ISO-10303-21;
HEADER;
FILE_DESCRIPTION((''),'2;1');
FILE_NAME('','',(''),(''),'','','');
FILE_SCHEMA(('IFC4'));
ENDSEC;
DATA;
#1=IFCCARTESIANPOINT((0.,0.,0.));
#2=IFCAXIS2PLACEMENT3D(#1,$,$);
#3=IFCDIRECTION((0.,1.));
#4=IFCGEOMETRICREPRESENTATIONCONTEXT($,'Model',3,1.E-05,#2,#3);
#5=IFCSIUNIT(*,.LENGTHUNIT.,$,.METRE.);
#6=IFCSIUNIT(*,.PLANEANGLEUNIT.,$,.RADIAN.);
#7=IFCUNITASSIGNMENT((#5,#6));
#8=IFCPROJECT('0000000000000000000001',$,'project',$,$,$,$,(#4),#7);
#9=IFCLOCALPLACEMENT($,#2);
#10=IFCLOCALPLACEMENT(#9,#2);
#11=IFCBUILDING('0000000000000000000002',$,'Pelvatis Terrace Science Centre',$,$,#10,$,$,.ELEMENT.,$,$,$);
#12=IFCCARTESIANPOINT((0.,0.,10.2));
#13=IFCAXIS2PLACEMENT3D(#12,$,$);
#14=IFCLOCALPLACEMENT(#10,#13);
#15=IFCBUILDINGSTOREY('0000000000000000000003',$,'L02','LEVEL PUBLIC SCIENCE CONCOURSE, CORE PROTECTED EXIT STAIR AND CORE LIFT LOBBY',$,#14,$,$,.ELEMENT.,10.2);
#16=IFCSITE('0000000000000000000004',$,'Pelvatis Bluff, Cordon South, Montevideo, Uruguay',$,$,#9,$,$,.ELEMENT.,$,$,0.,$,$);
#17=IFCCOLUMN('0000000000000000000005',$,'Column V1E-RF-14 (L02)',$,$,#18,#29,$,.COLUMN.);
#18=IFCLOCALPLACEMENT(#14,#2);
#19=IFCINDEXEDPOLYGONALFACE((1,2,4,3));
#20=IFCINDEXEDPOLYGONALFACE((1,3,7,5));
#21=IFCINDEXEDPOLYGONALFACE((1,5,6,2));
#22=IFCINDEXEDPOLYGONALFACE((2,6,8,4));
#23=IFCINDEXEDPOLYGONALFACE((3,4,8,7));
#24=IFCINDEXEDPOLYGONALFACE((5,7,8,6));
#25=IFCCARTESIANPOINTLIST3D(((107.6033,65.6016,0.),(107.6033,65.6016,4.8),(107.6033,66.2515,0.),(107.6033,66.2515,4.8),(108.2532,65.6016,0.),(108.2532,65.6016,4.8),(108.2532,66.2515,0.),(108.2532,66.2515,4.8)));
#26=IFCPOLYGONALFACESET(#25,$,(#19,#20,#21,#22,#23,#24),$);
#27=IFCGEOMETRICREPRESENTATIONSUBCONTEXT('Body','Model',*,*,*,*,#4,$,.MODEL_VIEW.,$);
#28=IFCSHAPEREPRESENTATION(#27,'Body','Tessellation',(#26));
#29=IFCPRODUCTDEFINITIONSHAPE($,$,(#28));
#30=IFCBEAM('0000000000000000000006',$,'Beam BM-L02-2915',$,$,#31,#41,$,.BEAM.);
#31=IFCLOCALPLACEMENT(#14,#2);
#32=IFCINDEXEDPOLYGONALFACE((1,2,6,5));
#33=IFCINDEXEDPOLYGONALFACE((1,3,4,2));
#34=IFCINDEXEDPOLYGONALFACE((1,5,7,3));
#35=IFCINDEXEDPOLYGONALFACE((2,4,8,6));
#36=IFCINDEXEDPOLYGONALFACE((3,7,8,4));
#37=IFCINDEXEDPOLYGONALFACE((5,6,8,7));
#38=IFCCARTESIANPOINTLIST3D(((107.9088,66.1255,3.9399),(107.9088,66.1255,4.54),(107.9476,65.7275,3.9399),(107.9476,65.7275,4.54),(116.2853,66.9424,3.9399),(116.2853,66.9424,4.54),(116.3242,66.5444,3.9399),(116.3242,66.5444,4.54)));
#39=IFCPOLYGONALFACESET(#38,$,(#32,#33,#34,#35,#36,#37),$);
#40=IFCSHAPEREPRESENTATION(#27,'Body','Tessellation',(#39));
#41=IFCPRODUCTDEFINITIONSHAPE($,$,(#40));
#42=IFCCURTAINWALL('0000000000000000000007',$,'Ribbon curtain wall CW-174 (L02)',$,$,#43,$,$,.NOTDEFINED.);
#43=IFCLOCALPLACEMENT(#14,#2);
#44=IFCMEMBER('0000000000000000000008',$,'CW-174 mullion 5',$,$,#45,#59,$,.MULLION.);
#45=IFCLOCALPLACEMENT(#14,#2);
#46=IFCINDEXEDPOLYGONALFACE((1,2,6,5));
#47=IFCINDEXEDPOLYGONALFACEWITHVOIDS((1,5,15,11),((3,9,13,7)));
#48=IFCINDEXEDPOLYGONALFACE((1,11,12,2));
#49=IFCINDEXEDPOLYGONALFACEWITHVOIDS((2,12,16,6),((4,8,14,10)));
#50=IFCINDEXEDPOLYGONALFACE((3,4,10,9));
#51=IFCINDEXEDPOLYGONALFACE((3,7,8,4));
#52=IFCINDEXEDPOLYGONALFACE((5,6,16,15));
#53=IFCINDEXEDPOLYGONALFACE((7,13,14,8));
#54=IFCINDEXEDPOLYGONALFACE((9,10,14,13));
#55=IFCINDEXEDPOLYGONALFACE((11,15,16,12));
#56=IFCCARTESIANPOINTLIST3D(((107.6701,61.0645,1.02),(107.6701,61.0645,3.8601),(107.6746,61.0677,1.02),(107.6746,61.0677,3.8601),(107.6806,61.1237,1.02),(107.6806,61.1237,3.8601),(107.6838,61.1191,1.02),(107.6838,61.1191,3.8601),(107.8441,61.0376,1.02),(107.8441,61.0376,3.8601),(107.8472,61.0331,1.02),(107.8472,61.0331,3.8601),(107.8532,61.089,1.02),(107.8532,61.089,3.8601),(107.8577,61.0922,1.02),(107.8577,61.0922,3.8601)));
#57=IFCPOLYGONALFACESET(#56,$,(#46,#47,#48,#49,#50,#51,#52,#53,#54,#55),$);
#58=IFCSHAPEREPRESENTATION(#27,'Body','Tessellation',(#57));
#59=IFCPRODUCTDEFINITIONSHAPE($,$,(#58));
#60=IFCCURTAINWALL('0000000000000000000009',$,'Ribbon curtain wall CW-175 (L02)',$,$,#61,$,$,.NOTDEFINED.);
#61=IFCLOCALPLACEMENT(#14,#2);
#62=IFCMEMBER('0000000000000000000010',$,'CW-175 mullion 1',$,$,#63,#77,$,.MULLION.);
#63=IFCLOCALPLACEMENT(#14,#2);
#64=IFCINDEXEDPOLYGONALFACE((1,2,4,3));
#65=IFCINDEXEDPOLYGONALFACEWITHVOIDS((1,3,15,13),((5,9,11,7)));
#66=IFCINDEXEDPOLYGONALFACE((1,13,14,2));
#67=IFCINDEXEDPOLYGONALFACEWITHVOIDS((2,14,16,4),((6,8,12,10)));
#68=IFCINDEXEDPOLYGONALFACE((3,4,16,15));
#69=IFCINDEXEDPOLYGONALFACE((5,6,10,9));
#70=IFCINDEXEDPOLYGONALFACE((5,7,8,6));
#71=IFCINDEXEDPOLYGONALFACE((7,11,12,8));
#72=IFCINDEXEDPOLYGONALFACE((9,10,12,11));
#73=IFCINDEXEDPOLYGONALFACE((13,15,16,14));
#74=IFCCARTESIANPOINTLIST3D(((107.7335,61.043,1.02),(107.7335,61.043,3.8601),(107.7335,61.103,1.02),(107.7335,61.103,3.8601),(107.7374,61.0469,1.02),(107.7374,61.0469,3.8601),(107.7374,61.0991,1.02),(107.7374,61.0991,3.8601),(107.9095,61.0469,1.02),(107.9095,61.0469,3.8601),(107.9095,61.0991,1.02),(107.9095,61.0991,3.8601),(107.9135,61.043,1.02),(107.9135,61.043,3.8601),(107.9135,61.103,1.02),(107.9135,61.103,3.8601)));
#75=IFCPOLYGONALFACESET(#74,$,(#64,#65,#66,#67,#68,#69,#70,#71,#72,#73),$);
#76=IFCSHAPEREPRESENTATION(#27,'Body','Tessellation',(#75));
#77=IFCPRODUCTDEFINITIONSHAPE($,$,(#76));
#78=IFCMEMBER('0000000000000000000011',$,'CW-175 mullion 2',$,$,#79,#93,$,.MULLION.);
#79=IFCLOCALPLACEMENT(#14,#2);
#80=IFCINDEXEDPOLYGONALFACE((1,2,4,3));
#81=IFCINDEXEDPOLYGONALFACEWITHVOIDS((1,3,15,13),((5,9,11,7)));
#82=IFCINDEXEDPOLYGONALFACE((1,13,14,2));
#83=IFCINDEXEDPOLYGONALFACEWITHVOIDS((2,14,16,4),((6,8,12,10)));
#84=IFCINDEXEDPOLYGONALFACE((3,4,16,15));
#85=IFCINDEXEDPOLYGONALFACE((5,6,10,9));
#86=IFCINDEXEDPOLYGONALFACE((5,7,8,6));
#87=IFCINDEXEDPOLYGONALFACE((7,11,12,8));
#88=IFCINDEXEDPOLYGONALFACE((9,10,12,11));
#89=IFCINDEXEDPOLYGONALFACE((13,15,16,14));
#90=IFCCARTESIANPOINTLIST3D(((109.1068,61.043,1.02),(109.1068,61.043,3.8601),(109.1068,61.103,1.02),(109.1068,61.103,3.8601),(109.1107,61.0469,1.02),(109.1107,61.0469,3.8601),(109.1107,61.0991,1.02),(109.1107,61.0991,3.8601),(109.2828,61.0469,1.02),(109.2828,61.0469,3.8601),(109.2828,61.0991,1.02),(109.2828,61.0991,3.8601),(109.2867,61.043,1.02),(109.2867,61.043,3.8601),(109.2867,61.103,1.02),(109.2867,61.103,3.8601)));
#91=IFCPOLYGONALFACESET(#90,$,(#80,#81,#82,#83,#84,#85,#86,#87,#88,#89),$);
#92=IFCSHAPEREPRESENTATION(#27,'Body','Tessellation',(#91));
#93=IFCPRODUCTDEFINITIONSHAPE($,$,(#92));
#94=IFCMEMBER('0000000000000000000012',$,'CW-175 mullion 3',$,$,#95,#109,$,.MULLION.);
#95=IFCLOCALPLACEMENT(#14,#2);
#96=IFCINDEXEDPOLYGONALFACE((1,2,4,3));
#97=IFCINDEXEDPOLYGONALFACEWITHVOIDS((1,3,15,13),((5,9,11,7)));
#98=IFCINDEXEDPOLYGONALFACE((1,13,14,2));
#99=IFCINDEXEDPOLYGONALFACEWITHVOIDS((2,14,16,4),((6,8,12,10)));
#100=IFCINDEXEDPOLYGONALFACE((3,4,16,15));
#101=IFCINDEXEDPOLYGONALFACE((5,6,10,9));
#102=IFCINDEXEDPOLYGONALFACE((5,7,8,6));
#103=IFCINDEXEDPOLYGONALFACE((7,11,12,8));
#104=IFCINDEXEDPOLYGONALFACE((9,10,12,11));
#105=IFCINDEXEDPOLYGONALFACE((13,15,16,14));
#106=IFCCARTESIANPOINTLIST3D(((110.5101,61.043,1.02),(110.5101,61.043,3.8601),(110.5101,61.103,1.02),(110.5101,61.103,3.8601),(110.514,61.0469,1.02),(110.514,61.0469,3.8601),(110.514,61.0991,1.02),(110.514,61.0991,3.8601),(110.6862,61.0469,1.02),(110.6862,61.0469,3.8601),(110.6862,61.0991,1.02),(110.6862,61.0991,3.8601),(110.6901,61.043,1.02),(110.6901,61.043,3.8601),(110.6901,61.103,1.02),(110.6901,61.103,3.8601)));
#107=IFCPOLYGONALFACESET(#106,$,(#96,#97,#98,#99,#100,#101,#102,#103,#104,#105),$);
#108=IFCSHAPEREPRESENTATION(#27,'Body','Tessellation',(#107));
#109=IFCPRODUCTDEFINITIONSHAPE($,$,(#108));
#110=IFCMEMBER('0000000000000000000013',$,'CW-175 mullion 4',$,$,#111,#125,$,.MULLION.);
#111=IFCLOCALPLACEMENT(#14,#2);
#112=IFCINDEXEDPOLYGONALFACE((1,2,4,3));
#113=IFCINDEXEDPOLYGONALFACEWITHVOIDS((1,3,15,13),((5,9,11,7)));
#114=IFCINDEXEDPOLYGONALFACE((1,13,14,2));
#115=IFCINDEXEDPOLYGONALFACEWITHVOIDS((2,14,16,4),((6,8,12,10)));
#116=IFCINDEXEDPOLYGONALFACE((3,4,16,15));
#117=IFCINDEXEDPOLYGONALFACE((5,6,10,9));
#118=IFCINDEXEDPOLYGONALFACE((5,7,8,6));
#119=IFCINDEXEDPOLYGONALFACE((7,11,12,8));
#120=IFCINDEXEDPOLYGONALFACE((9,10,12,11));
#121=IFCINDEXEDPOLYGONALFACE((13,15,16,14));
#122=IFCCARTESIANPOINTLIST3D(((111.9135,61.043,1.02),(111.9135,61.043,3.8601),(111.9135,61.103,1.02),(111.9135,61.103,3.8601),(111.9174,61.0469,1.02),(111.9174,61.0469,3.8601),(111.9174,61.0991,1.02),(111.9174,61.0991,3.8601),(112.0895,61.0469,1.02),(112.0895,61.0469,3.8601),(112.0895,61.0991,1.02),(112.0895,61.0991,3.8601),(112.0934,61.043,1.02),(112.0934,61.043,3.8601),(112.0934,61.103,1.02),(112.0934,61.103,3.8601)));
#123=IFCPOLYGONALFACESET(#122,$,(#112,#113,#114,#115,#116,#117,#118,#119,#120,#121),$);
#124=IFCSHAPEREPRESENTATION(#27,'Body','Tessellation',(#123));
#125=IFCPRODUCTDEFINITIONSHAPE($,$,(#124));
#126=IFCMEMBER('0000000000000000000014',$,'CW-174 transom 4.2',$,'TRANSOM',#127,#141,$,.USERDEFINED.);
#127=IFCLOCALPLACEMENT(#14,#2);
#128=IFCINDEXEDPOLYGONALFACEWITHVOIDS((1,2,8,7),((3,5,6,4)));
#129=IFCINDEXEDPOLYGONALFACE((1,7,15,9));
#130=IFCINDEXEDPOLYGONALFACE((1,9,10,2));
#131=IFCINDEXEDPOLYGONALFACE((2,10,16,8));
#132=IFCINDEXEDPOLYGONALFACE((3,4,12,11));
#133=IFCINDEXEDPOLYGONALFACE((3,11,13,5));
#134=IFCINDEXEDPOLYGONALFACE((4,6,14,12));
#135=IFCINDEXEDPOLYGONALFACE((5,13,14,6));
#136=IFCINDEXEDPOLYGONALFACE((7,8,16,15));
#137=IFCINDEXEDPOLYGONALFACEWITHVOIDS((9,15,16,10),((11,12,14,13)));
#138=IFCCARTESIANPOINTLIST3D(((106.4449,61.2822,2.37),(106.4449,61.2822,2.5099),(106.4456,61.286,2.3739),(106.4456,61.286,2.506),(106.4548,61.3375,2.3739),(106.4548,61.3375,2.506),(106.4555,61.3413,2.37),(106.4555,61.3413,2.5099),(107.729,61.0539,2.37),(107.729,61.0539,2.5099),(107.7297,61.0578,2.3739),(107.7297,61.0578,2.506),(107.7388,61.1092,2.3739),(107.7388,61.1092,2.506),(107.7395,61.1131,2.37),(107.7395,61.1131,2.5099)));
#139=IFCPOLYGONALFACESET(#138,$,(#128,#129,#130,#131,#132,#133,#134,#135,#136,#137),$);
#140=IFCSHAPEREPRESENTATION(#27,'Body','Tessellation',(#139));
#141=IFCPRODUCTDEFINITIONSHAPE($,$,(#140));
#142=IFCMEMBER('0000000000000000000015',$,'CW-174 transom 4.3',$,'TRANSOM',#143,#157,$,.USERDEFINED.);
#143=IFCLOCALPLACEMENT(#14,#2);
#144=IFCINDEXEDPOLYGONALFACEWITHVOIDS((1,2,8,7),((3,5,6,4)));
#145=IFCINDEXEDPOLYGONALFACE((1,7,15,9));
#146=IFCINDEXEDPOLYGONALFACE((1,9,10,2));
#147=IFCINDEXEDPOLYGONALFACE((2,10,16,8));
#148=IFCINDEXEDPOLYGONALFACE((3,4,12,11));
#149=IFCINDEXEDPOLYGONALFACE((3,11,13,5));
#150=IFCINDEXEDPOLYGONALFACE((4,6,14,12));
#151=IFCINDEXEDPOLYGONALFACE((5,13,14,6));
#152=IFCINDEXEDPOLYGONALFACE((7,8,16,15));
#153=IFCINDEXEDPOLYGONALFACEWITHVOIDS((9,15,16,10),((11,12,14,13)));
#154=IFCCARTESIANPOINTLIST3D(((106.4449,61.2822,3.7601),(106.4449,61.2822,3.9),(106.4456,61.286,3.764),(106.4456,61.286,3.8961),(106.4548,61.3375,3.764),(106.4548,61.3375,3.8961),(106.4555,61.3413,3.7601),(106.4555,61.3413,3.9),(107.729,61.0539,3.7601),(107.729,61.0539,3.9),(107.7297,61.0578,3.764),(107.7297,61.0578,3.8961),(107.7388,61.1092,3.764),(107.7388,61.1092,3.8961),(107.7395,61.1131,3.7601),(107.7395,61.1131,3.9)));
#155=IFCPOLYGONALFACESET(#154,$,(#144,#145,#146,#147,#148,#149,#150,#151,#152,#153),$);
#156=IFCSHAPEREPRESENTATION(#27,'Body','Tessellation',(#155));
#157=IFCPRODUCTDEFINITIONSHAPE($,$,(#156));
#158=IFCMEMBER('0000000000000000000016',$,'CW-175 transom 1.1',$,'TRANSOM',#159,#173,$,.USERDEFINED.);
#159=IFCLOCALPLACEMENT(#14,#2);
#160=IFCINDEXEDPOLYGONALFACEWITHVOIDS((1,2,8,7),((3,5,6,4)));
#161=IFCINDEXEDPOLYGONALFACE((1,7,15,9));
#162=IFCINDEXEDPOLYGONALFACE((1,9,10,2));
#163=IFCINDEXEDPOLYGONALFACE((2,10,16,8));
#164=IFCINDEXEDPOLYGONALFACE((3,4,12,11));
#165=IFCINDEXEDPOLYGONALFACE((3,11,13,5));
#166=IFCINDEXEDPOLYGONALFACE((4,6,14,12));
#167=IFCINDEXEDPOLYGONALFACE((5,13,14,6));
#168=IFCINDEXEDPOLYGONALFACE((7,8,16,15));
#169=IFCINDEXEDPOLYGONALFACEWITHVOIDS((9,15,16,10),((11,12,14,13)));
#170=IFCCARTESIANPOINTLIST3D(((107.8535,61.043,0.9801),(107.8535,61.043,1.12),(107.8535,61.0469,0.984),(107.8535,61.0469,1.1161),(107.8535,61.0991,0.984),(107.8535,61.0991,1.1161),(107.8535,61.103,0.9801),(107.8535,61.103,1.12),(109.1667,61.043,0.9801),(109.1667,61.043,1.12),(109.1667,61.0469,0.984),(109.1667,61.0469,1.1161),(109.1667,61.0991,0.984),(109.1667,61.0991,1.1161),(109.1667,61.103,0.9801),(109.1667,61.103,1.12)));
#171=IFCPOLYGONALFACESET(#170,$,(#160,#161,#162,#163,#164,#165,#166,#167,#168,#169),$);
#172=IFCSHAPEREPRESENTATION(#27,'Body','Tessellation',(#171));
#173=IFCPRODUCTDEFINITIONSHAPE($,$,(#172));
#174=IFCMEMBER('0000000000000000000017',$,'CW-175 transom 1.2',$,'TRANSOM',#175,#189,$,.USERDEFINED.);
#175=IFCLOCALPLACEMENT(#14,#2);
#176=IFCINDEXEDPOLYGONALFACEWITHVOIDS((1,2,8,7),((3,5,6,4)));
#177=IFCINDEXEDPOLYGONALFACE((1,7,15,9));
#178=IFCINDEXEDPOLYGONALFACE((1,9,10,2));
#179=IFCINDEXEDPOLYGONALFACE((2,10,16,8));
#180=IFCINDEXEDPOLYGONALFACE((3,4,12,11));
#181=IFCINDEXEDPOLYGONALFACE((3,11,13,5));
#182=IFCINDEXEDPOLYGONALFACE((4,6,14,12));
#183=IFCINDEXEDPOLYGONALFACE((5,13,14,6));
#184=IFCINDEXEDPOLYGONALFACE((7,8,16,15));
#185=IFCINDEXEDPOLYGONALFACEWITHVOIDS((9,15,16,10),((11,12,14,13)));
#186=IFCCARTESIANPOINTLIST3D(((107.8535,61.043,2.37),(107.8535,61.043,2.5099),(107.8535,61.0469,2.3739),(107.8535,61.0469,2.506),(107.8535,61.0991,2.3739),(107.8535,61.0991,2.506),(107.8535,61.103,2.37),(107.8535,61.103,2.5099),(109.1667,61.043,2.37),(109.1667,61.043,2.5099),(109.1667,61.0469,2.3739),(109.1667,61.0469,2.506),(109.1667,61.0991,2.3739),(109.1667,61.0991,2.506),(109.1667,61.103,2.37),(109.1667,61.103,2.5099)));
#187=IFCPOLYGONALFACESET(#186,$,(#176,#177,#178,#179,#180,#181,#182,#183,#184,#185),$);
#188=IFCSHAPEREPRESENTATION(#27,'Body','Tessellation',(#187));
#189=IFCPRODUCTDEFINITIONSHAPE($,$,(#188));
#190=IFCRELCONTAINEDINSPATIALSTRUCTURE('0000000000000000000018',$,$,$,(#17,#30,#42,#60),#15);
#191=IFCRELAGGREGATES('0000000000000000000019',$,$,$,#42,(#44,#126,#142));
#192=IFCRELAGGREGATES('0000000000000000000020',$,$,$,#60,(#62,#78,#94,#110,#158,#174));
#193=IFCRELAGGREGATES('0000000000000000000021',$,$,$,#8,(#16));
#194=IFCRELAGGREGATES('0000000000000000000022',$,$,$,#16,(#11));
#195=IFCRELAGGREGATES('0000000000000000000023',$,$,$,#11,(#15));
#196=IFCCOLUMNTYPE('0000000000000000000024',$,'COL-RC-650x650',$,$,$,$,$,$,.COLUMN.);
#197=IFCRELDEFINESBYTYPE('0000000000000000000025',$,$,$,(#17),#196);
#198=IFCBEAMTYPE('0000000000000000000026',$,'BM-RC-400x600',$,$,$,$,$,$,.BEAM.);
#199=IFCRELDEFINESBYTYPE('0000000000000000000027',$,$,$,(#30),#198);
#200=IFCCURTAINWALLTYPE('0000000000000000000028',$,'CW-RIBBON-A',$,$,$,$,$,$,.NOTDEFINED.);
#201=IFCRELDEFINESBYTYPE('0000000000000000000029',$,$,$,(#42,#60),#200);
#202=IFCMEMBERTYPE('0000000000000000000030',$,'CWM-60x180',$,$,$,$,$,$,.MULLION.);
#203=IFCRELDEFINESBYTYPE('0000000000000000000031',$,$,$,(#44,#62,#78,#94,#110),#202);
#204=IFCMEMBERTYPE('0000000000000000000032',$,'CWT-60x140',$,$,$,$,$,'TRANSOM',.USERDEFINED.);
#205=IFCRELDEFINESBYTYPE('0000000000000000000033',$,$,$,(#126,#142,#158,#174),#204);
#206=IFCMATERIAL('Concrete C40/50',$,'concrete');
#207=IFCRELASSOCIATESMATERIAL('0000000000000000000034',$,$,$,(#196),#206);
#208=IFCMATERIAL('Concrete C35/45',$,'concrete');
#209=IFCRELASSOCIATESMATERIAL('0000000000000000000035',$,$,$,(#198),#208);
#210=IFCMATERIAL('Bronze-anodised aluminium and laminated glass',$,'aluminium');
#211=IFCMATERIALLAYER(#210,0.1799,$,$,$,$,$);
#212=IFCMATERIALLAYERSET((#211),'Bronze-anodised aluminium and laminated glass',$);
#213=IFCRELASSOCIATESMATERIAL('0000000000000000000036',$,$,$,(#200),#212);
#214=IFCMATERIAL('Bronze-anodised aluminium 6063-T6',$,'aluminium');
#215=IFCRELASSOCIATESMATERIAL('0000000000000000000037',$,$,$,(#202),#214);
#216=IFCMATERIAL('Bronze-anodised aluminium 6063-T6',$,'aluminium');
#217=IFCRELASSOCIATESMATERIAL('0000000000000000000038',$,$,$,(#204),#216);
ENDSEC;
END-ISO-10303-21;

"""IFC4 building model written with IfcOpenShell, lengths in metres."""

from ifc_helpers import new_model, si_unit, direction, frame, origin, origin_2d, place, context, subcontext, project, spatial, rectangle, hollow_rectangle, extrude, material, layer, layer_set, material_profile, profile_set, type_object, element, aggregate, save


model = new_model("IFC4")

# Units and contexts
model_context = context("Model", 3, precision=1e-05, world=origin(), true_north=direction((0.0, 1.0)))
body_context = subcontext(model_context, "Body", "Model", "MODEL_VIEW")
ifc_project = project(units=[si_unit("LENGTHUNIT", "METRE"), si_unit("PLANEANGLEUNIT", "RADIAN")], contexts=[model_context])

# Site, building, storey
site_placement = place(None, origin())
site = spatial("IfcSite", under=ifc_project, at=site_placement, Name="Pelvatis Bluff, Cordon South, Montevideo, Uruguay", CompositionType="ELEMENT", RefElevation=0.0)
building_placement = place(site_placement, origin())
building = spatial("IfcBuilding", under=site, at=building_placement, Name="Pelvatis Terrace Science Centre", CompositionType="ELEMENT")
storey_placement = place(building_placement, frame((0.0, 0.0, 10.2)))
storey = spatial("IfcBuildingStorey", under=building, at=storey_placement, Name="L02", Description="LEVEL PUBLIC SCIENCE CONCOURSE, CORE PROTECTED EXIT STAIR AND CORE LIFT LOBBY", CompositionType="ELEMENT", Elevation=10.2)

# Column
ifc_material_1 = material(Name="Concrete C40/50", Category="concrete")
ifc_material_profile_1 = material_profile(ifc_material_1, rectangle(XDim=0.6499, YDim=0.6499, at=origin_2d()), Name="RC-COL 650x650")
ifc_profile_set_1 = profile_set([ifc_material_profile_1], Name="Concrete C40/50")
column_type = type_object("IfcColumnType", Name="COL-RC-650x650", PredefinedType="COLUMN", material=ifc_profile_set_1)
column_placement = place(storey_placement, frame((107.9282, 65.9265, 0.0), z_axis=(0.0, 0.0, 1.0), x_axis=(1.0, 0.0, 0.0)))
element("IfcColumn", 1, at=column_placement, inside=storey, type_object=column_type, Name="Column V1E-RF-14 (L02)", PredefinedType="COLUMN", context=body_context, shape_type="SweptSolid", body=[
    extrude(rectangle(XDim=0.6499, YDim=0.6499, at=origin_2d()), origin(), (0.0, 0.0, 1.0), 4.8),
])

# Beam
ifc_material_2 = material(Name="Concrete C35/45", Category="concrete")
ifc_material_profile_2 = material_profile(ifc_material_2, rectangle(XDim=0.3999, YDim=0.6001, at=origin_2d()), Name="RC-BM 400x600")
ifc_profile_set_2 = profile_set([ifc_material_profile_2], Name="Concrete C35/45")
beam_type = type_object("IfcBeamType", Name="BM-RC-400x600", PredefinedType="BEAM", material=ifc_profile_set_2)
beam_placement = place(storey_placement, frame((107.9282, 65.9265, 4.24), z_axis=(0.995278, 0.097062, 0.0), x_axis=(-0.097062, 0.995278, 0.0)))
element("IfcBeam", 2, at=beam_placement, inside=storey, type_object=beam_type, Name="Beam BM-L02-2915", PredefinedType="BEAM", context=body_context, shape_type="SweptSolid", body=[
    extrude(rectangle(XDim=0.3999, YDim=0.6001, at=origin_2d()), origin(), (0.0, 0.0, 1.0), 8.4163),
])

# Curtain wall, member
ifc_material_3 = material(Name="Bronze-anodised aluminium and laminated glass", Category="aluminium")
ifc_layer_1 = layer(ifc_material_3, 0.1799)
ifc_layer_set_1 = layer_set([ifc_layer_1], Name="Bronze-anodised aluminium and laminated glass")
curtain_wall_type = type_object("IfcCurtainWallType", Name="CW-RIBBON-A", PredefinedType="NOTDEFINED", material=ifc_layer_set_1)
curtain_wall_1_placement = place(storey_placement, origin())
curtain_wall_1 = element("IfcCurtainWall", 3, at=curtain_wall_1_placement, inside=storey, type_object=curtain_wall_type, Name="Ribbon curtain wall CW-174 (L02)", PredefinedType="NOTDEFINED")
ifc_material_4 = material(Name="Bronze-anodised aluminium 6063-T6", Category="aluminium")
ifc_material_profile_3 = material_profile(ifc_material_4, hollow_rectangle(XDim=0.0601, YDim=0.1799, WallThickness=0.0039, at=origin_2d()), Name="ALU-MUL 60x180")
ifc_profile_set_3 = profile_set([ifc_material_profile_3], Name="Bronze-anodised aluminium 6063-T6")
member_type_1 = type_object("IfcMemberType", Name="CWM-60x180", PredefinedType="MULLION", material=ifc_profile_set_3)
member_1_placement = place(storey_placement, frame((107.7639, 61.0784, 1.02), z_axis=(0.0, 0.0, 1.0), x_axis=(0.174983, 0.984571, 0.0)))
member_1 = element("IfcMember", 4, at=member_1_placement, type_object=member_type_1, Name="CW-174 mullion 5", PredefinedType="MULLION", context=body_context, shape_type="SweptSolid", body=[
    extrude(hollow_rectangle(XDim=0.0601, YDim=0.1799, WallThickness=0.0039, at=origin_2d()), origin(), (0.0, 0.0, 1.0), 2.8401),
])

# Curtain wall, members
curtain_wall_2_placement = place(storey_placement, origin())
curtain_wall_2 = element("IfcCurtainWall", 5, at=curtain_wall_2_placement, inside=storey, type_object=curtain_wall_type, Name="Ribbon curtain wall CW-175 (L02)", PredefinedType="NOTDEFINED")
member_2_placement = place(storey_placement, frame((107.8235, 61.073, 1.02), z_axis=(0.0, 0.0, 1.0), x_axis=(0.0, 1.0, 0.0)))
member_2 = element("IfcMember", 6, at=member_2_placement, type_object=member_type_1, Name="CW-175 mullion 1", PredefinedType="MULLION", context=body_context, shape_type="SweptSolid", body=[
    extrude(hollow_rectangle(XDim=0.0601, YDim=0.1799, WallThickness=0.0039, at=origin_2d()), origin(), (0.0, 0.0, 1.0), 2.8401),
])
member_3_placement = place(storey_placement, frame((109.1968, 61.073, 1.02), z_axis=(0.0, 0.0, 1.0), x_axis=(0.0, 1.0, 0.0)))
member_3 = element("IfcMember", 7, at=member_3_placement, type_object=member_type_1, Name="CW-175 mullion 2", PredefinedType="MULLION", context=body_context, shape_type="SweptSolid", body=[
    extrude(hollow_rectangle(XDim=0.0601, YDim=0.1799, WallThickness=0.0039, at=origin_2d()), origin(), (0.0, 0.0, 1.0), 2.8401),
])
member_4_placement = place(storey_placement, frame((110.6001, 61.073, 1.02), z_axis=(0.0, 0.0, 1.0), x_axis=(0.0, 1.0, 0.0)))
member_4 = element("IfcMember", 8, at=member_4_placement, type_object=member_type_1, Name="CW-175 mullion 3", PredefinedType="MULLION", context=body_context, shape_type="SweptSolid", body=[
    extrude(hollow_rectangle(XDim=0.0601, YDim=0.1799, WallThickness=0.0039, at=origin_2d()), origin(), (0.0, 0.0, 1.0), 2.8401),
])
member_5_placement = place(storey_placement, frame((112.0034, 61.073, 1.02), z_axis=(0.0, 0.0, 1.0), x_axis=(0.0, 1.0, 0.0)))
member_5 = element("IfcMember", 9, at=member_5_placement, type_object=member_type_1, Name="CW-175 mullion 4", PredefinedType="MULLION", context=body_context, shape_type="SweptSolid", body=[
    extrude(hollow_rectangle(XDim=0.0601, YDim=0.1799, WallThickness=0.0039, at=origin_2d()), origin(), (0.0, 0.0, 1.0), 2.8401),
])

# Members
ifc_material_5 = material(Name="Bronze-anodised aluminium 6063-T6", Category="aluminium")
ifc_material_profile_4 = material_profile(ifc_material_5, hollow_rectangle(XDim=0.0601, YDim=0.1399, WallThickness=0.0039, at=origin_2d()), Name="ALU-TRN 60x140")
ifc_profile_set_4 = profile_set([ifc_material_profile_4], Name="Bronze-anodised aluminium 6063-T6")
member_type_2 = type_object("IfcMemberType", Name="CWT-60x140", ElementType="TRANSOM", PredefinedType="USERDEFINED", material=ifc_profile_set_4)
member_6_placement = place(storey_placement, frame((106.4502, 61.3118, 2.4399), z_axis=(0.984566, -0.175013, 0.0), x_axis=(0.175013, 0.984566, 0.0)))
member_6 = element("IfcMember", 10, at=member_6_placement, type_object=member_type_2, Name="CW-174 transom 4.2", ObjectType="TRANSOM", PredefinedType="USERDEFINED", context=body_context, shape_type="SweptSolid", body=[
    extrude(hollow_rectangle(XDim=0.0601, YDim=0.1399, WallThickness=0.0039, at=origin_2d()), origin(), (0.0, 0.0, 1.0), 1.3042),
])
member_7_placement = place(storey_placement, frame((106.4502, 61.3118, 3.8301), z_axis=(0.984566, -0.175013, 0.0), x_axis=(0.175013, 0.984566, 0.0)))
member_7 = element("IfcMember", 11, at=member_7_placement, type_object=member_type_2, Name="CW-174 transom 4.3", ObjectType="TRANSOM", PredefinedType="USERDEFINED", context=body_context, shape_type="SweptSolid", body=[
    extrude(hollow_rectangle(XDim=0.0601, YDim=0.1399, WallThickness=0.0039, at=origin_2d()), origin(), (0.0, 0.0, 1.0), 1.3042),
])
member_8_placement = place(storey_placement, frame((107.8535, 61.073, 1.05), z_axis=(1.0, 0.0, 0.0), x_axis=(0.0, 1.0, 0.0)))
member_8 = element("IfcMember", 12, at=member_8_placement, type_object=member_type_2, Name="CW-175 transom 1.1", ObjectType="TRANSOM", PredefinedType="USERDEFINED", context=body_context, shape_type="SweptSolid", body=[
    extrude(hollow_rectangle(XDim=0.0601, YDim=0.1399, WallThickness=0.0039, at=origin_2d()), origin(), (0.0, 0.0, 1.0), 1.3132),
])
member_9_placement = place(storey_placement, frame((107.8535, 61.073, 2.4399), z_axis=(1.0, 0.0, 0.0), x_axis=(0.0, 1.0, 0.0)))
member_9 = element("IfcMember", 13, at=member_9_placement, type_object=member_type_2, Name="CW-175 transom 1.2", ObjectType="TRANSOM", PredefinedType="USERDEFINED", context=body_context, shape_type="SweptSolid", body=[
    extrude(hollow_rectangle(XDim=0.0601, YDim=0.1399, WallThickness=0.0039, at=origin_2d()), origin(), (0.0, 0.0, 1.0), 1.3132),
])

aggregate(curtain_wall_1, [member_1, member_6, member_7])
aggregate(curtain_wall_2, [member_2, member_3, member_4, member_5, member_8, member_9])

save(model, "model.ifc")
